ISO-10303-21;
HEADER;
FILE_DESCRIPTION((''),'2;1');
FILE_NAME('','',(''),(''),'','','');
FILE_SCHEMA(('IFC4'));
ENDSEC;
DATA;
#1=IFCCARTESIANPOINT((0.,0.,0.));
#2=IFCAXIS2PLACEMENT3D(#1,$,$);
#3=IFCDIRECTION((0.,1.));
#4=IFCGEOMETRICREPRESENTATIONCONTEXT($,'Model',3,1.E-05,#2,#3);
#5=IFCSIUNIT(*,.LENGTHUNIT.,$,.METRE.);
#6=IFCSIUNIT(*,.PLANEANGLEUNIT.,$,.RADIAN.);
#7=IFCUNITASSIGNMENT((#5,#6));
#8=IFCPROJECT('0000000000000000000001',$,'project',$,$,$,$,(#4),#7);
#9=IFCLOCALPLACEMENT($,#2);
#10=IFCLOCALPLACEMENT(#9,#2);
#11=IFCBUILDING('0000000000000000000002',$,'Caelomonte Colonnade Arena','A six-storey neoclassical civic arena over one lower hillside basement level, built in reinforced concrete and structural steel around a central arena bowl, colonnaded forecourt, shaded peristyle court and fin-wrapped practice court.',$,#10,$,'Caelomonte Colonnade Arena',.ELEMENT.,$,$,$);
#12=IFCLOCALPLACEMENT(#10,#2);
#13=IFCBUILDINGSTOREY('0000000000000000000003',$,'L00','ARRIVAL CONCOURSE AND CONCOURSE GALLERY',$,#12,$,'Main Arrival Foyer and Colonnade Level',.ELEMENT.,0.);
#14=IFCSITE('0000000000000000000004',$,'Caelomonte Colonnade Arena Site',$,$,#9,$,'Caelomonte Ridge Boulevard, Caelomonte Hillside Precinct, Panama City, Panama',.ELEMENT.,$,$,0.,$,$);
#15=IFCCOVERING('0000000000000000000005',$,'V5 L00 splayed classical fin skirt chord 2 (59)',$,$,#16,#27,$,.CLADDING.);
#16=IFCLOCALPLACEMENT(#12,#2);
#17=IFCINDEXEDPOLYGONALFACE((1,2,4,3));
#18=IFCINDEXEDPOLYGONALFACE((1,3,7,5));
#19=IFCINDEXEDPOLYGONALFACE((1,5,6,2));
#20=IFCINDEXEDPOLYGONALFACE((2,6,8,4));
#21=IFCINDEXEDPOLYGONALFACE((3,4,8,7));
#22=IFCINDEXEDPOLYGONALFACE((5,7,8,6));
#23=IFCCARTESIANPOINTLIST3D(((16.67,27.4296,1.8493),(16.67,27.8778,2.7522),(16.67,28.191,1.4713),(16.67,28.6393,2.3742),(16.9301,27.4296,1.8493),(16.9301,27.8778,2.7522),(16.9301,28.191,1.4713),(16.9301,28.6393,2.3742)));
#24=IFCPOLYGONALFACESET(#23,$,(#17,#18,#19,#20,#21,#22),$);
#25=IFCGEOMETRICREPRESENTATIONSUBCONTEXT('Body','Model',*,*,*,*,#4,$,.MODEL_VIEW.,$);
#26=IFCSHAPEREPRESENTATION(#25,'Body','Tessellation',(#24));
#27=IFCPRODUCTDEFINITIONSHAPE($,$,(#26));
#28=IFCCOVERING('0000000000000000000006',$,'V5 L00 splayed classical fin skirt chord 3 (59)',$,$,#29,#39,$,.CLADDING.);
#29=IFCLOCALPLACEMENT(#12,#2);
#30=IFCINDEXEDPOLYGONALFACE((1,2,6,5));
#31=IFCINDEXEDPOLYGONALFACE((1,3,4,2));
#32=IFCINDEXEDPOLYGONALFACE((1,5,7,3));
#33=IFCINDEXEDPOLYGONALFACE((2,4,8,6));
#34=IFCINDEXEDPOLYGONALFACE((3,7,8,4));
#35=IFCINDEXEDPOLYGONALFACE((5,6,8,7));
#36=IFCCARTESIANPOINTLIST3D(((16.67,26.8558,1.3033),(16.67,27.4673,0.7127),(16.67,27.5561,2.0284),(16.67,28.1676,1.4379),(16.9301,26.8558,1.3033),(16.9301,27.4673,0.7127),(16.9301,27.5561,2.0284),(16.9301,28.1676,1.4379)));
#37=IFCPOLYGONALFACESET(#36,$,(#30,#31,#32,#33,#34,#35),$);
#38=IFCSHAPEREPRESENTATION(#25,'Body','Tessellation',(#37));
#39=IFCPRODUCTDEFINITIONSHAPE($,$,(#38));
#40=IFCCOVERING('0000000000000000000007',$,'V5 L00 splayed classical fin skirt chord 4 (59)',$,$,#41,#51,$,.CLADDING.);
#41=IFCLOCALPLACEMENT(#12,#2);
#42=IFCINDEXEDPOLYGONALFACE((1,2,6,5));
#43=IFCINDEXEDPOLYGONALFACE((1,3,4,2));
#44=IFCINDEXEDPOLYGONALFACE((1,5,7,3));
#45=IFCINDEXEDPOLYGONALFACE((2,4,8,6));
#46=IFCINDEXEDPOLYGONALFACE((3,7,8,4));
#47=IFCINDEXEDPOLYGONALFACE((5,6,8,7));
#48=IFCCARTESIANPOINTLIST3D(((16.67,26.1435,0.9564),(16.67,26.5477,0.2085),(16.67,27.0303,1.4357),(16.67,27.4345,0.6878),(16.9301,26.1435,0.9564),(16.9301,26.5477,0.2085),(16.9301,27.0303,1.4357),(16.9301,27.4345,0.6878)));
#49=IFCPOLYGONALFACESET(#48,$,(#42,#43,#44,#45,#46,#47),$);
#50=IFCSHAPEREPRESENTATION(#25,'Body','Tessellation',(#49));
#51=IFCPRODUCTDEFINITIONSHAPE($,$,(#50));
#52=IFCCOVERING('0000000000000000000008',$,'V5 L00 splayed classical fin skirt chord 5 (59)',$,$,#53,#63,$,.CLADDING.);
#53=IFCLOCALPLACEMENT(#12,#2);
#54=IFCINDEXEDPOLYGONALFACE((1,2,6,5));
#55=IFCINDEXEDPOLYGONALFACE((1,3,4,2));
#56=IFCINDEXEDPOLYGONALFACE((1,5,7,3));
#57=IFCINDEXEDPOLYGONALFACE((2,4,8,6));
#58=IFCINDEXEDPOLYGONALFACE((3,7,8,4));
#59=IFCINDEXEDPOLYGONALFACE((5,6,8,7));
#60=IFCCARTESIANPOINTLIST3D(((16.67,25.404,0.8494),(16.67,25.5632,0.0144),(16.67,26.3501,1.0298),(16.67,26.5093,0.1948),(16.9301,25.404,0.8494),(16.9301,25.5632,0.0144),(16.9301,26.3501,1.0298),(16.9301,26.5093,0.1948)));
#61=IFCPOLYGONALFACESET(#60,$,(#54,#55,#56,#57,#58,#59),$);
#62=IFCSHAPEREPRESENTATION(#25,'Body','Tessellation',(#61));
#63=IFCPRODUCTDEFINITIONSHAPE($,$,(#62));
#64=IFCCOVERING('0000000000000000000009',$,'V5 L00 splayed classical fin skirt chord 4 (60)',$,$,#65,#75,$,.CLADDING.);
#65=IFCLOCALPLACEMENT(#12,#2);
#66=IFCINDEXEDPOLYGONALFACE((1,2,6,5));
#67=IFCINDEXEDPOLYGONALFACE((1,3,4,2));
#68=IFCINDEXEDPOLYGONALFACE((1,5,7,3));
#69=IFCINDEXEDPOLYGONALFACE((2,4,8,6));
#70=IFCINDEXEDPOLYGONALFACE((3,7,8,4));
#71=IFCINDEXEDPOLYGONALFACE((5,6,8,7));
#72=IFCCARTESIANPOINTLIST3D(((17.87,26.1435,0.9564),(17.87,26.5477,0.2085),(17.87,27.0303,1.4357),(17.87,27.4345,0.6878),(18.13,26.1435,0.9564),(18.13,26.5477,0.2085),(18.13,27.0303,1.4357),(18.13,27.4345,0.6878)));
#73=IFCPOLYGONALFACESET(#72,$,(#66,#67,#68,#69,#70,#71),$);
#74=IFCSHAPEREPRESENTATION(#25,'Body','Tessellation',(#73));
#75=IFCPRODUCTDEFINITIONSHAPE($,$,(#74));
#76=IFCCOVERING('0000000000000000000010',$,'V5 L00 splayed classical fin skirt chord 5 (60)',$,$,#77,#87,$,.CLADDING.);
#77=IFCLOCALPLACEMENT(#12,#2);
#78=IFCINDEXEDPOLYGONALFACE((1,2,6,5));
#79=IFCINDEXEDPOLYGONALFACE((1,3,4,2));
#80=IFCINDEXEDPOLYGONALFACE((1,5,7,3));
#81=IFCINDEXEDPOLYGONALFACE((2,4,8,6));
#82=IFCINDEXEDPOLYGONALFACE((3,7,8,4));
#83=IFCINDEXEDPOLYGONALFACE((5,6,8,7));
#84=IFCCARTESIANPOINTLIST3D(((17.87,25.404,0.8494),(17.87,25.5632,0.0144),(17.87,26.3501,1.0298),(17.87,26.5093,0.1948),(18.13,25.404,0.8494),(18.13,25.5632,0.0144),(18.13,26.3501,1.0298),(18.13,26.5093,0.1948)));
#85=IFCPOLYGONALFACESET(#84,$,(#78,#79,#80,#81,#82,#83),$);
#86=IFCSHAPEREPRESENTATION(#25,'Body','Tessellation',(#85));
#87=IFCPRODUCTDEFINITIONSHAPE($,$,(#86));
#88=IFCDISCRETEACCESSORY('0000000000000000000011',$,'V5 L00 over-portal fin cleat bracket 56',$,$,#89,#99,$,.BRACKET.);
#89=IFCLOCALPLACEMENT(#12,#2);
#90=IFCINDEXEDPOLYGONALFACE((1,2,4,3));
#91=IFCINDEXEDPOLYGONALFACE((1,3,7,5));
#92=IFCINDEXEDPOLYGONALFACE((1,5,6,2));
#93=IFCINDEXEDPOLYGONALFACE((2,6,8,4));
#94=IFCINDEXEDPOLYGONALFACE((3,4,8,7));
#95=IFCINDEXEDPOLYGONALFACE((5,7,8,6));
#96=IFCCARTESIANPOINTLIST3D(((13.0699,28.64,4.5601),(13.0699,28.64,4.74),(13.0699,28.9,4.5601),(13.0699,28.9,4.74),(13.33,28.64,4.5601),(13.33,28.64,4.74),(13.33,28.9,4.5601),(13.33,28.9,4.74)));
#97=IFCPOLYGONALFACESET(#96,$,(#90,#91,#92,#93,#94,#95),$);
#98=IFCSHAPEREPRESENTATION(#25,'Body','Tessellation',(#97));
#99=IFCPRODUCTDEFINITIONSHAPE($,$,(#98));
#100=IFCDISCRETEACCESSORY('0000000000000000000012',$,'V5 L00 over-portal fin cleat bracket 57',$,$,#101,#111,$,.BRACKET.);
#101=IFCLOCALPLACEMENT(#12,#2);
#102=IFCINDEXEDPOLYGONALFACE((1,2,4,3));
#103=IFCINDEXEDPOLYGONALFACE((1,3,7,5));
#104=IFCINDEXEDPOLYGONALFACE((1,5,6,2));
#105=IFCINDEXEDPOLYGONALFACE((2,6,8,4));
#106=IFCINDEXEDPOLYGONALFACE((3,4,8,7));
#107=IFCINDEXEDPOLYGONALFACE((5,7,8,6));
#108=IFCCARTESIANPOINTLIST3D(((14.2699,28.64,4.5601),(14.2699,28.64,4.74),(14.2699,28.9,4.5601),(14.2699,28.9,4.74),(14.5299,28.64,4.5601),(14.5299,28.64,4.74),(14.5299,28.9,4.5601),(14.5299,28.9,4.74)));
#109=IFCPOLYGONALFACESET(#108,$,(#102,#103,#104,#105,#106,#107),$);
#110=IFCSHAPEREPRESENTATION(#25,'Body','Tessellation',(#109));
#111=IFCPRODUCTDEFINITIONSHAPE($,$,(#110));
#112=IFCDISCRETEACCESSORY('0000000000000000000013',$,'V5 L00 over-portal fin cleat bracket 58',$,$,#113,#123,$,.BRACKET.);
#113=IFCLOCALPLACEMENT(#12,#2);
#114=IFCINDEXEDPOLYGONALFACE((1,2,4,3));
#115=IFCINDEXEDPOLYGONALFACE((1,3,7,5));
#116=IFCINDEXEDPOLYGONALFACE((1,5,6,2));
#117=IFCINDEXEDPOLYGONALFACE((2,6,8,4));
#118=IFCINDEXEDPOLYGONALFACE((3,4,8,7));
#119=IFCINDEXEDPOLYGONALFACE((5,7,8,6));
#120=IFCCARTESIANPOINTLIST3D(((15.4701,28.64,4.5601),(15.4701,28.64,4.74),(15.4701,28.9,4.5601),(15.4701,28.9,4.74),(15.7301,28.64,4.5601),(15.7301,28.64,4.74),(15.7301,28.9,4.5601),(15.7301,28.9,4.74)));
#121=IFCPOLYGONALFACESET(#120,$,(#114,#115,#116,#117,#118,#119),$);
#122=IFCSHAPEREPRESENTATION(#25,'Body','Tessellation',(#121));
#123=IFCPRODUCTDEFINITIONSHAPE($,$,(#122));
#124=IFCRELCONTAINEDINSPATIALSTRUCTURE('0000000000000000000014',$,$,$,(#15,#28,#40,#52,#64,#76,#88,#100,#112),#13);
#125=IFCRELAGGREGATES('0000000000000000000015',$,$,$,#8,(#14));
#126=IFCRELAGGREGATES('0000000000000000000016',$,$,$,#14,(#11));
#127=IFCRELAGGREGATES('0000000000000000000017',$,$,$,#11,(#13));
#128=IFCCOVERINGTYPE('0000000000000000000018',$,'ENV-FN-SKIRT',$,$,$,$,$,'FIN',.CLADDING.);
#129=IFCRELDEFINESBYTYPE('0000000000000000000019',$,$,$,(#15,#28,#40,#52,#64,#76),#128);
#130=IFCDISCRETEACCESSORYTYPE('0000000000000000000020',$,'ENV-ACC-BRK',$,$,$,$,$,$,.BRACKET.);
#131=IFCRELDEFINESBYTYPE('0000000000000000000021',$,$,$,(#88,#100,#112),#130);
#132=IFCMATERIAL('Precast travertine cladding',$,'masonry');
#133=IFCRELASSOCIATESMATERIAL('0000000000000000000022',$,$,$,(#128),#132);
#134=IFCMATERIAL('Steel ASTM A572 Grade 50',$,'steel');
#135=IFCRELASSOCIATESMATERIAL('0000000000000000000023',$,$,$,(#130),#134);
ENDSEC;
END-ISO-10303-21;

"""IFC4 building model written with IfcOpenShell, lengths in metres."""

from ifc_helpers import new_model, si_unit, direction, frame, origin, origin_2d, place, context, subcontext, project, spatial, rectangle, extrude, material, material_profile, profile_set, type_object, element, save


model = new_model("IFC4")

# Units and contexts
model_context = context("Model", 3, precision=1e-05, world=origin(), true_north=direction((0.0, 1.0)))
body_context = subcontext(model_context, "Body", "Model", "MODEL_VIEW")
ifc_project = project(units=[si_unit("LENGTHUNIT", "METRE"), si_unit("PLANEANGLEUNIT", "RADIAN")], contexts=[model_context])

# Site, building, storey
site_placement = place(None, origin())
site = spatial("IfcSite", under=ifc_project, at=site_placement, Name="Caelomonte Colonnade Arena Site", LongName="Caelomonte Ridge Boulevard, Caelomonte Hillside Precinct, Panama City, Panama", CompositionType="ELEMENT", RefElevation=0.0)
building_placement = place(site_placement, origin())
building = spatial("IfcBuilding", under=site, at=building_placement, Name="Caelomonte Colonnade Arena", Description="A six-storey neoclassical civic arena over one lower hillside basement level, built in reinforced concrete and structural steel around a central arena bowl, colonnaded forecourt, shaded peristyle court and fin-wrapped practice court.", LongName="Caelomonte Colonnade Arena", CompositionType="ELEMENT")
storey_placement = place(building_placement, origin())
storey = spatial("IfcBuildingStorey", under=building, at=storey_placement, Name="L00", Description="ARRIVAL CONCOURSE AND CONCOURSE GALLERY", LongName="Main Arrival Foyer and Colonnade Level", CompositionType="ELEMENT", Elevation=0.0)

# Coverings
ifc_material_1 = material(Name="Precast travertine cladding", Category="masonry")
ifc_material_profile = material_profile(ifc_material_1, rectangle(XDim=0.26, YDim=0.8501, at=origin_2d()), Name="FIN260X850")
ifc_profile_set = profile_set([ifc_material_profile], Name="Precast travertine cladding")
covering_type = type_object("IfcCoveringType", Name="ENV-FN-SKIRT", ElementType="FIN", PredefinedType="CLADDING", material=ifc_profile_set)
for number, where, z_axis, x_axis, name in (
    (1, (16.8, 28.2585, 2.5632), (0.0, -0.444693, -0.895683), (-1.0, 0.0, 0.0), "V5 L00 splayed classical fin skirt chord 2 (59)"),
    (2, (16.8, 27.8618, 1.7332), (0.0, -0.694646, -0.719351), (-1.0, 0.0, 0.0), "V5 L00 splayed classical fin skirt chord 3 (59)"),
    (3, (16.8, 27.2324, 1.0618), (0.0, -0.879731, -0.475471), (-1.0, 0.0, 0.0), "V5 L00 splayed classical fin skirt chord 4 (59)"),
):
    element("IfcCovering", number, at=place(storey_placement, frame(where, z_axis=z_axis, x_axis=x_axis)), inside=storey, type_object=covering_type, Name=name, PredefinedType="CLADDING", context=body_context, shape_type="SweptSolid", body=[
        extrude(rectangle(XDim=0.26, YDim=0.8501, at=origin_2d()), origin(), (0.0, 0.0, 1.0), 1.0081),
    ])
covering_1_placement = place(storey_placement, frame((16.8, 26.4297, 0.6123), z_axis=(0.0, -0.982296, -0.187333), x_axis=(-1.0, 0.0, 0.0)))
element("IfcCovering", 4, at=covering_1_placement, inside=storey, type_object=covering_type, Name="V5 L00 splayed classical fin skirt chord 5 (59)", PredefinedType="CLADDING", context=body_context, shape_type="SweptSolid", body=[
    extrude(rectangle(XDim=0.26, YDim=0.8501, at=origin_2d()), origin(), (0.0, 0.0, 1.0), 0.9631),
])
covering_2_placement = place(storey_placement, frame((18.0, 27.2324, 1.0618), z_axis=(0.0, -0.879731, -0.475471), x_axis=(-1.0, 0.0, 0.0)))
element("IfcCovering", 5, at=covering_2_placement, inside=storey, type_object=covering_type, Name="V5 L00 splayed classical fin skirt chord 4 (60)", PredefinedType="CLADDING", context=body_context, shape_type="SweptSolid", body=[
    extrude(rectangle(XDim=0.26, YDim=0.8501, at=origin_2d()), origin(), (0.0, 0.0, 1.0), 1.0081),
])
covering_3_placement = place(storey_placement, frame((18.0, 26.4297, 0.6123), z_axis=(0.0, -0.982296, -0.187333), x_axis=(-1.0, 0.0, 0.0)))
element("IfcCovering", 6, at=covering_3_placement, inside=storey, type_object=covering_type, Name="V5 L00 splayed classical fin skirt chord 5 (60)", PredefinedType="CLADDING", context=body_context, shape_type="SweptSolid", body=[
    extrude(rectangle(XDim=0.26, YDim=0.8501, at=origin_2d()), origin(), (0.0, 0.0, 1.0), 0.9631),
])

# Discrete accessories
ifc_material_2 = material(Name="Steel ASTM A572 Grade 50", Category="steel")
discrete_accessory_type = type_object("IfcDiscreteAccessoryType", Name="ENV-ACC-BRK", PredefinedType="BRACKET", material=ifc_material_2)
for number, where, z_axis, x_axis, name in (
    (7, (13.2, 28.77, 4.5601), (0.0, 0.0, 1.0), (1.0, 0.0, 0.0), "V5 L00 over-portal fin cleat bracket 56"),
    (8, (14.3999, 28.77, 4.5601), (0.0, 0.0, 1.0), (1.0, 0.0, 0.0), "V5 L00 over-portal fin cleat bracket 57"),
    (9, (15.6001, 28.77, 4.5601), (0.0, 0.0, 1.0), (1.0, 0.0, 0.0), "V5 L00 over-portal fin cleat bracket 58"),
):
    element("IfcDiscreteAccessory", number, at=place(storey_placement, frame(where, z_axis=z_axis, x_axis=x_axis)), inside=storey, type_object=discrete_accessory_type, Name=name, PredefinedType="BRACKET", context=body_context, shape_type="SweptSolid", body=[
        extrude(rectangle(XDim=0.26, YDim=0.26, at=origin_2d()), origin(), (0.0, 0.0, 1.0), 0.1799),
    ])

save(model, "model.ifc")
